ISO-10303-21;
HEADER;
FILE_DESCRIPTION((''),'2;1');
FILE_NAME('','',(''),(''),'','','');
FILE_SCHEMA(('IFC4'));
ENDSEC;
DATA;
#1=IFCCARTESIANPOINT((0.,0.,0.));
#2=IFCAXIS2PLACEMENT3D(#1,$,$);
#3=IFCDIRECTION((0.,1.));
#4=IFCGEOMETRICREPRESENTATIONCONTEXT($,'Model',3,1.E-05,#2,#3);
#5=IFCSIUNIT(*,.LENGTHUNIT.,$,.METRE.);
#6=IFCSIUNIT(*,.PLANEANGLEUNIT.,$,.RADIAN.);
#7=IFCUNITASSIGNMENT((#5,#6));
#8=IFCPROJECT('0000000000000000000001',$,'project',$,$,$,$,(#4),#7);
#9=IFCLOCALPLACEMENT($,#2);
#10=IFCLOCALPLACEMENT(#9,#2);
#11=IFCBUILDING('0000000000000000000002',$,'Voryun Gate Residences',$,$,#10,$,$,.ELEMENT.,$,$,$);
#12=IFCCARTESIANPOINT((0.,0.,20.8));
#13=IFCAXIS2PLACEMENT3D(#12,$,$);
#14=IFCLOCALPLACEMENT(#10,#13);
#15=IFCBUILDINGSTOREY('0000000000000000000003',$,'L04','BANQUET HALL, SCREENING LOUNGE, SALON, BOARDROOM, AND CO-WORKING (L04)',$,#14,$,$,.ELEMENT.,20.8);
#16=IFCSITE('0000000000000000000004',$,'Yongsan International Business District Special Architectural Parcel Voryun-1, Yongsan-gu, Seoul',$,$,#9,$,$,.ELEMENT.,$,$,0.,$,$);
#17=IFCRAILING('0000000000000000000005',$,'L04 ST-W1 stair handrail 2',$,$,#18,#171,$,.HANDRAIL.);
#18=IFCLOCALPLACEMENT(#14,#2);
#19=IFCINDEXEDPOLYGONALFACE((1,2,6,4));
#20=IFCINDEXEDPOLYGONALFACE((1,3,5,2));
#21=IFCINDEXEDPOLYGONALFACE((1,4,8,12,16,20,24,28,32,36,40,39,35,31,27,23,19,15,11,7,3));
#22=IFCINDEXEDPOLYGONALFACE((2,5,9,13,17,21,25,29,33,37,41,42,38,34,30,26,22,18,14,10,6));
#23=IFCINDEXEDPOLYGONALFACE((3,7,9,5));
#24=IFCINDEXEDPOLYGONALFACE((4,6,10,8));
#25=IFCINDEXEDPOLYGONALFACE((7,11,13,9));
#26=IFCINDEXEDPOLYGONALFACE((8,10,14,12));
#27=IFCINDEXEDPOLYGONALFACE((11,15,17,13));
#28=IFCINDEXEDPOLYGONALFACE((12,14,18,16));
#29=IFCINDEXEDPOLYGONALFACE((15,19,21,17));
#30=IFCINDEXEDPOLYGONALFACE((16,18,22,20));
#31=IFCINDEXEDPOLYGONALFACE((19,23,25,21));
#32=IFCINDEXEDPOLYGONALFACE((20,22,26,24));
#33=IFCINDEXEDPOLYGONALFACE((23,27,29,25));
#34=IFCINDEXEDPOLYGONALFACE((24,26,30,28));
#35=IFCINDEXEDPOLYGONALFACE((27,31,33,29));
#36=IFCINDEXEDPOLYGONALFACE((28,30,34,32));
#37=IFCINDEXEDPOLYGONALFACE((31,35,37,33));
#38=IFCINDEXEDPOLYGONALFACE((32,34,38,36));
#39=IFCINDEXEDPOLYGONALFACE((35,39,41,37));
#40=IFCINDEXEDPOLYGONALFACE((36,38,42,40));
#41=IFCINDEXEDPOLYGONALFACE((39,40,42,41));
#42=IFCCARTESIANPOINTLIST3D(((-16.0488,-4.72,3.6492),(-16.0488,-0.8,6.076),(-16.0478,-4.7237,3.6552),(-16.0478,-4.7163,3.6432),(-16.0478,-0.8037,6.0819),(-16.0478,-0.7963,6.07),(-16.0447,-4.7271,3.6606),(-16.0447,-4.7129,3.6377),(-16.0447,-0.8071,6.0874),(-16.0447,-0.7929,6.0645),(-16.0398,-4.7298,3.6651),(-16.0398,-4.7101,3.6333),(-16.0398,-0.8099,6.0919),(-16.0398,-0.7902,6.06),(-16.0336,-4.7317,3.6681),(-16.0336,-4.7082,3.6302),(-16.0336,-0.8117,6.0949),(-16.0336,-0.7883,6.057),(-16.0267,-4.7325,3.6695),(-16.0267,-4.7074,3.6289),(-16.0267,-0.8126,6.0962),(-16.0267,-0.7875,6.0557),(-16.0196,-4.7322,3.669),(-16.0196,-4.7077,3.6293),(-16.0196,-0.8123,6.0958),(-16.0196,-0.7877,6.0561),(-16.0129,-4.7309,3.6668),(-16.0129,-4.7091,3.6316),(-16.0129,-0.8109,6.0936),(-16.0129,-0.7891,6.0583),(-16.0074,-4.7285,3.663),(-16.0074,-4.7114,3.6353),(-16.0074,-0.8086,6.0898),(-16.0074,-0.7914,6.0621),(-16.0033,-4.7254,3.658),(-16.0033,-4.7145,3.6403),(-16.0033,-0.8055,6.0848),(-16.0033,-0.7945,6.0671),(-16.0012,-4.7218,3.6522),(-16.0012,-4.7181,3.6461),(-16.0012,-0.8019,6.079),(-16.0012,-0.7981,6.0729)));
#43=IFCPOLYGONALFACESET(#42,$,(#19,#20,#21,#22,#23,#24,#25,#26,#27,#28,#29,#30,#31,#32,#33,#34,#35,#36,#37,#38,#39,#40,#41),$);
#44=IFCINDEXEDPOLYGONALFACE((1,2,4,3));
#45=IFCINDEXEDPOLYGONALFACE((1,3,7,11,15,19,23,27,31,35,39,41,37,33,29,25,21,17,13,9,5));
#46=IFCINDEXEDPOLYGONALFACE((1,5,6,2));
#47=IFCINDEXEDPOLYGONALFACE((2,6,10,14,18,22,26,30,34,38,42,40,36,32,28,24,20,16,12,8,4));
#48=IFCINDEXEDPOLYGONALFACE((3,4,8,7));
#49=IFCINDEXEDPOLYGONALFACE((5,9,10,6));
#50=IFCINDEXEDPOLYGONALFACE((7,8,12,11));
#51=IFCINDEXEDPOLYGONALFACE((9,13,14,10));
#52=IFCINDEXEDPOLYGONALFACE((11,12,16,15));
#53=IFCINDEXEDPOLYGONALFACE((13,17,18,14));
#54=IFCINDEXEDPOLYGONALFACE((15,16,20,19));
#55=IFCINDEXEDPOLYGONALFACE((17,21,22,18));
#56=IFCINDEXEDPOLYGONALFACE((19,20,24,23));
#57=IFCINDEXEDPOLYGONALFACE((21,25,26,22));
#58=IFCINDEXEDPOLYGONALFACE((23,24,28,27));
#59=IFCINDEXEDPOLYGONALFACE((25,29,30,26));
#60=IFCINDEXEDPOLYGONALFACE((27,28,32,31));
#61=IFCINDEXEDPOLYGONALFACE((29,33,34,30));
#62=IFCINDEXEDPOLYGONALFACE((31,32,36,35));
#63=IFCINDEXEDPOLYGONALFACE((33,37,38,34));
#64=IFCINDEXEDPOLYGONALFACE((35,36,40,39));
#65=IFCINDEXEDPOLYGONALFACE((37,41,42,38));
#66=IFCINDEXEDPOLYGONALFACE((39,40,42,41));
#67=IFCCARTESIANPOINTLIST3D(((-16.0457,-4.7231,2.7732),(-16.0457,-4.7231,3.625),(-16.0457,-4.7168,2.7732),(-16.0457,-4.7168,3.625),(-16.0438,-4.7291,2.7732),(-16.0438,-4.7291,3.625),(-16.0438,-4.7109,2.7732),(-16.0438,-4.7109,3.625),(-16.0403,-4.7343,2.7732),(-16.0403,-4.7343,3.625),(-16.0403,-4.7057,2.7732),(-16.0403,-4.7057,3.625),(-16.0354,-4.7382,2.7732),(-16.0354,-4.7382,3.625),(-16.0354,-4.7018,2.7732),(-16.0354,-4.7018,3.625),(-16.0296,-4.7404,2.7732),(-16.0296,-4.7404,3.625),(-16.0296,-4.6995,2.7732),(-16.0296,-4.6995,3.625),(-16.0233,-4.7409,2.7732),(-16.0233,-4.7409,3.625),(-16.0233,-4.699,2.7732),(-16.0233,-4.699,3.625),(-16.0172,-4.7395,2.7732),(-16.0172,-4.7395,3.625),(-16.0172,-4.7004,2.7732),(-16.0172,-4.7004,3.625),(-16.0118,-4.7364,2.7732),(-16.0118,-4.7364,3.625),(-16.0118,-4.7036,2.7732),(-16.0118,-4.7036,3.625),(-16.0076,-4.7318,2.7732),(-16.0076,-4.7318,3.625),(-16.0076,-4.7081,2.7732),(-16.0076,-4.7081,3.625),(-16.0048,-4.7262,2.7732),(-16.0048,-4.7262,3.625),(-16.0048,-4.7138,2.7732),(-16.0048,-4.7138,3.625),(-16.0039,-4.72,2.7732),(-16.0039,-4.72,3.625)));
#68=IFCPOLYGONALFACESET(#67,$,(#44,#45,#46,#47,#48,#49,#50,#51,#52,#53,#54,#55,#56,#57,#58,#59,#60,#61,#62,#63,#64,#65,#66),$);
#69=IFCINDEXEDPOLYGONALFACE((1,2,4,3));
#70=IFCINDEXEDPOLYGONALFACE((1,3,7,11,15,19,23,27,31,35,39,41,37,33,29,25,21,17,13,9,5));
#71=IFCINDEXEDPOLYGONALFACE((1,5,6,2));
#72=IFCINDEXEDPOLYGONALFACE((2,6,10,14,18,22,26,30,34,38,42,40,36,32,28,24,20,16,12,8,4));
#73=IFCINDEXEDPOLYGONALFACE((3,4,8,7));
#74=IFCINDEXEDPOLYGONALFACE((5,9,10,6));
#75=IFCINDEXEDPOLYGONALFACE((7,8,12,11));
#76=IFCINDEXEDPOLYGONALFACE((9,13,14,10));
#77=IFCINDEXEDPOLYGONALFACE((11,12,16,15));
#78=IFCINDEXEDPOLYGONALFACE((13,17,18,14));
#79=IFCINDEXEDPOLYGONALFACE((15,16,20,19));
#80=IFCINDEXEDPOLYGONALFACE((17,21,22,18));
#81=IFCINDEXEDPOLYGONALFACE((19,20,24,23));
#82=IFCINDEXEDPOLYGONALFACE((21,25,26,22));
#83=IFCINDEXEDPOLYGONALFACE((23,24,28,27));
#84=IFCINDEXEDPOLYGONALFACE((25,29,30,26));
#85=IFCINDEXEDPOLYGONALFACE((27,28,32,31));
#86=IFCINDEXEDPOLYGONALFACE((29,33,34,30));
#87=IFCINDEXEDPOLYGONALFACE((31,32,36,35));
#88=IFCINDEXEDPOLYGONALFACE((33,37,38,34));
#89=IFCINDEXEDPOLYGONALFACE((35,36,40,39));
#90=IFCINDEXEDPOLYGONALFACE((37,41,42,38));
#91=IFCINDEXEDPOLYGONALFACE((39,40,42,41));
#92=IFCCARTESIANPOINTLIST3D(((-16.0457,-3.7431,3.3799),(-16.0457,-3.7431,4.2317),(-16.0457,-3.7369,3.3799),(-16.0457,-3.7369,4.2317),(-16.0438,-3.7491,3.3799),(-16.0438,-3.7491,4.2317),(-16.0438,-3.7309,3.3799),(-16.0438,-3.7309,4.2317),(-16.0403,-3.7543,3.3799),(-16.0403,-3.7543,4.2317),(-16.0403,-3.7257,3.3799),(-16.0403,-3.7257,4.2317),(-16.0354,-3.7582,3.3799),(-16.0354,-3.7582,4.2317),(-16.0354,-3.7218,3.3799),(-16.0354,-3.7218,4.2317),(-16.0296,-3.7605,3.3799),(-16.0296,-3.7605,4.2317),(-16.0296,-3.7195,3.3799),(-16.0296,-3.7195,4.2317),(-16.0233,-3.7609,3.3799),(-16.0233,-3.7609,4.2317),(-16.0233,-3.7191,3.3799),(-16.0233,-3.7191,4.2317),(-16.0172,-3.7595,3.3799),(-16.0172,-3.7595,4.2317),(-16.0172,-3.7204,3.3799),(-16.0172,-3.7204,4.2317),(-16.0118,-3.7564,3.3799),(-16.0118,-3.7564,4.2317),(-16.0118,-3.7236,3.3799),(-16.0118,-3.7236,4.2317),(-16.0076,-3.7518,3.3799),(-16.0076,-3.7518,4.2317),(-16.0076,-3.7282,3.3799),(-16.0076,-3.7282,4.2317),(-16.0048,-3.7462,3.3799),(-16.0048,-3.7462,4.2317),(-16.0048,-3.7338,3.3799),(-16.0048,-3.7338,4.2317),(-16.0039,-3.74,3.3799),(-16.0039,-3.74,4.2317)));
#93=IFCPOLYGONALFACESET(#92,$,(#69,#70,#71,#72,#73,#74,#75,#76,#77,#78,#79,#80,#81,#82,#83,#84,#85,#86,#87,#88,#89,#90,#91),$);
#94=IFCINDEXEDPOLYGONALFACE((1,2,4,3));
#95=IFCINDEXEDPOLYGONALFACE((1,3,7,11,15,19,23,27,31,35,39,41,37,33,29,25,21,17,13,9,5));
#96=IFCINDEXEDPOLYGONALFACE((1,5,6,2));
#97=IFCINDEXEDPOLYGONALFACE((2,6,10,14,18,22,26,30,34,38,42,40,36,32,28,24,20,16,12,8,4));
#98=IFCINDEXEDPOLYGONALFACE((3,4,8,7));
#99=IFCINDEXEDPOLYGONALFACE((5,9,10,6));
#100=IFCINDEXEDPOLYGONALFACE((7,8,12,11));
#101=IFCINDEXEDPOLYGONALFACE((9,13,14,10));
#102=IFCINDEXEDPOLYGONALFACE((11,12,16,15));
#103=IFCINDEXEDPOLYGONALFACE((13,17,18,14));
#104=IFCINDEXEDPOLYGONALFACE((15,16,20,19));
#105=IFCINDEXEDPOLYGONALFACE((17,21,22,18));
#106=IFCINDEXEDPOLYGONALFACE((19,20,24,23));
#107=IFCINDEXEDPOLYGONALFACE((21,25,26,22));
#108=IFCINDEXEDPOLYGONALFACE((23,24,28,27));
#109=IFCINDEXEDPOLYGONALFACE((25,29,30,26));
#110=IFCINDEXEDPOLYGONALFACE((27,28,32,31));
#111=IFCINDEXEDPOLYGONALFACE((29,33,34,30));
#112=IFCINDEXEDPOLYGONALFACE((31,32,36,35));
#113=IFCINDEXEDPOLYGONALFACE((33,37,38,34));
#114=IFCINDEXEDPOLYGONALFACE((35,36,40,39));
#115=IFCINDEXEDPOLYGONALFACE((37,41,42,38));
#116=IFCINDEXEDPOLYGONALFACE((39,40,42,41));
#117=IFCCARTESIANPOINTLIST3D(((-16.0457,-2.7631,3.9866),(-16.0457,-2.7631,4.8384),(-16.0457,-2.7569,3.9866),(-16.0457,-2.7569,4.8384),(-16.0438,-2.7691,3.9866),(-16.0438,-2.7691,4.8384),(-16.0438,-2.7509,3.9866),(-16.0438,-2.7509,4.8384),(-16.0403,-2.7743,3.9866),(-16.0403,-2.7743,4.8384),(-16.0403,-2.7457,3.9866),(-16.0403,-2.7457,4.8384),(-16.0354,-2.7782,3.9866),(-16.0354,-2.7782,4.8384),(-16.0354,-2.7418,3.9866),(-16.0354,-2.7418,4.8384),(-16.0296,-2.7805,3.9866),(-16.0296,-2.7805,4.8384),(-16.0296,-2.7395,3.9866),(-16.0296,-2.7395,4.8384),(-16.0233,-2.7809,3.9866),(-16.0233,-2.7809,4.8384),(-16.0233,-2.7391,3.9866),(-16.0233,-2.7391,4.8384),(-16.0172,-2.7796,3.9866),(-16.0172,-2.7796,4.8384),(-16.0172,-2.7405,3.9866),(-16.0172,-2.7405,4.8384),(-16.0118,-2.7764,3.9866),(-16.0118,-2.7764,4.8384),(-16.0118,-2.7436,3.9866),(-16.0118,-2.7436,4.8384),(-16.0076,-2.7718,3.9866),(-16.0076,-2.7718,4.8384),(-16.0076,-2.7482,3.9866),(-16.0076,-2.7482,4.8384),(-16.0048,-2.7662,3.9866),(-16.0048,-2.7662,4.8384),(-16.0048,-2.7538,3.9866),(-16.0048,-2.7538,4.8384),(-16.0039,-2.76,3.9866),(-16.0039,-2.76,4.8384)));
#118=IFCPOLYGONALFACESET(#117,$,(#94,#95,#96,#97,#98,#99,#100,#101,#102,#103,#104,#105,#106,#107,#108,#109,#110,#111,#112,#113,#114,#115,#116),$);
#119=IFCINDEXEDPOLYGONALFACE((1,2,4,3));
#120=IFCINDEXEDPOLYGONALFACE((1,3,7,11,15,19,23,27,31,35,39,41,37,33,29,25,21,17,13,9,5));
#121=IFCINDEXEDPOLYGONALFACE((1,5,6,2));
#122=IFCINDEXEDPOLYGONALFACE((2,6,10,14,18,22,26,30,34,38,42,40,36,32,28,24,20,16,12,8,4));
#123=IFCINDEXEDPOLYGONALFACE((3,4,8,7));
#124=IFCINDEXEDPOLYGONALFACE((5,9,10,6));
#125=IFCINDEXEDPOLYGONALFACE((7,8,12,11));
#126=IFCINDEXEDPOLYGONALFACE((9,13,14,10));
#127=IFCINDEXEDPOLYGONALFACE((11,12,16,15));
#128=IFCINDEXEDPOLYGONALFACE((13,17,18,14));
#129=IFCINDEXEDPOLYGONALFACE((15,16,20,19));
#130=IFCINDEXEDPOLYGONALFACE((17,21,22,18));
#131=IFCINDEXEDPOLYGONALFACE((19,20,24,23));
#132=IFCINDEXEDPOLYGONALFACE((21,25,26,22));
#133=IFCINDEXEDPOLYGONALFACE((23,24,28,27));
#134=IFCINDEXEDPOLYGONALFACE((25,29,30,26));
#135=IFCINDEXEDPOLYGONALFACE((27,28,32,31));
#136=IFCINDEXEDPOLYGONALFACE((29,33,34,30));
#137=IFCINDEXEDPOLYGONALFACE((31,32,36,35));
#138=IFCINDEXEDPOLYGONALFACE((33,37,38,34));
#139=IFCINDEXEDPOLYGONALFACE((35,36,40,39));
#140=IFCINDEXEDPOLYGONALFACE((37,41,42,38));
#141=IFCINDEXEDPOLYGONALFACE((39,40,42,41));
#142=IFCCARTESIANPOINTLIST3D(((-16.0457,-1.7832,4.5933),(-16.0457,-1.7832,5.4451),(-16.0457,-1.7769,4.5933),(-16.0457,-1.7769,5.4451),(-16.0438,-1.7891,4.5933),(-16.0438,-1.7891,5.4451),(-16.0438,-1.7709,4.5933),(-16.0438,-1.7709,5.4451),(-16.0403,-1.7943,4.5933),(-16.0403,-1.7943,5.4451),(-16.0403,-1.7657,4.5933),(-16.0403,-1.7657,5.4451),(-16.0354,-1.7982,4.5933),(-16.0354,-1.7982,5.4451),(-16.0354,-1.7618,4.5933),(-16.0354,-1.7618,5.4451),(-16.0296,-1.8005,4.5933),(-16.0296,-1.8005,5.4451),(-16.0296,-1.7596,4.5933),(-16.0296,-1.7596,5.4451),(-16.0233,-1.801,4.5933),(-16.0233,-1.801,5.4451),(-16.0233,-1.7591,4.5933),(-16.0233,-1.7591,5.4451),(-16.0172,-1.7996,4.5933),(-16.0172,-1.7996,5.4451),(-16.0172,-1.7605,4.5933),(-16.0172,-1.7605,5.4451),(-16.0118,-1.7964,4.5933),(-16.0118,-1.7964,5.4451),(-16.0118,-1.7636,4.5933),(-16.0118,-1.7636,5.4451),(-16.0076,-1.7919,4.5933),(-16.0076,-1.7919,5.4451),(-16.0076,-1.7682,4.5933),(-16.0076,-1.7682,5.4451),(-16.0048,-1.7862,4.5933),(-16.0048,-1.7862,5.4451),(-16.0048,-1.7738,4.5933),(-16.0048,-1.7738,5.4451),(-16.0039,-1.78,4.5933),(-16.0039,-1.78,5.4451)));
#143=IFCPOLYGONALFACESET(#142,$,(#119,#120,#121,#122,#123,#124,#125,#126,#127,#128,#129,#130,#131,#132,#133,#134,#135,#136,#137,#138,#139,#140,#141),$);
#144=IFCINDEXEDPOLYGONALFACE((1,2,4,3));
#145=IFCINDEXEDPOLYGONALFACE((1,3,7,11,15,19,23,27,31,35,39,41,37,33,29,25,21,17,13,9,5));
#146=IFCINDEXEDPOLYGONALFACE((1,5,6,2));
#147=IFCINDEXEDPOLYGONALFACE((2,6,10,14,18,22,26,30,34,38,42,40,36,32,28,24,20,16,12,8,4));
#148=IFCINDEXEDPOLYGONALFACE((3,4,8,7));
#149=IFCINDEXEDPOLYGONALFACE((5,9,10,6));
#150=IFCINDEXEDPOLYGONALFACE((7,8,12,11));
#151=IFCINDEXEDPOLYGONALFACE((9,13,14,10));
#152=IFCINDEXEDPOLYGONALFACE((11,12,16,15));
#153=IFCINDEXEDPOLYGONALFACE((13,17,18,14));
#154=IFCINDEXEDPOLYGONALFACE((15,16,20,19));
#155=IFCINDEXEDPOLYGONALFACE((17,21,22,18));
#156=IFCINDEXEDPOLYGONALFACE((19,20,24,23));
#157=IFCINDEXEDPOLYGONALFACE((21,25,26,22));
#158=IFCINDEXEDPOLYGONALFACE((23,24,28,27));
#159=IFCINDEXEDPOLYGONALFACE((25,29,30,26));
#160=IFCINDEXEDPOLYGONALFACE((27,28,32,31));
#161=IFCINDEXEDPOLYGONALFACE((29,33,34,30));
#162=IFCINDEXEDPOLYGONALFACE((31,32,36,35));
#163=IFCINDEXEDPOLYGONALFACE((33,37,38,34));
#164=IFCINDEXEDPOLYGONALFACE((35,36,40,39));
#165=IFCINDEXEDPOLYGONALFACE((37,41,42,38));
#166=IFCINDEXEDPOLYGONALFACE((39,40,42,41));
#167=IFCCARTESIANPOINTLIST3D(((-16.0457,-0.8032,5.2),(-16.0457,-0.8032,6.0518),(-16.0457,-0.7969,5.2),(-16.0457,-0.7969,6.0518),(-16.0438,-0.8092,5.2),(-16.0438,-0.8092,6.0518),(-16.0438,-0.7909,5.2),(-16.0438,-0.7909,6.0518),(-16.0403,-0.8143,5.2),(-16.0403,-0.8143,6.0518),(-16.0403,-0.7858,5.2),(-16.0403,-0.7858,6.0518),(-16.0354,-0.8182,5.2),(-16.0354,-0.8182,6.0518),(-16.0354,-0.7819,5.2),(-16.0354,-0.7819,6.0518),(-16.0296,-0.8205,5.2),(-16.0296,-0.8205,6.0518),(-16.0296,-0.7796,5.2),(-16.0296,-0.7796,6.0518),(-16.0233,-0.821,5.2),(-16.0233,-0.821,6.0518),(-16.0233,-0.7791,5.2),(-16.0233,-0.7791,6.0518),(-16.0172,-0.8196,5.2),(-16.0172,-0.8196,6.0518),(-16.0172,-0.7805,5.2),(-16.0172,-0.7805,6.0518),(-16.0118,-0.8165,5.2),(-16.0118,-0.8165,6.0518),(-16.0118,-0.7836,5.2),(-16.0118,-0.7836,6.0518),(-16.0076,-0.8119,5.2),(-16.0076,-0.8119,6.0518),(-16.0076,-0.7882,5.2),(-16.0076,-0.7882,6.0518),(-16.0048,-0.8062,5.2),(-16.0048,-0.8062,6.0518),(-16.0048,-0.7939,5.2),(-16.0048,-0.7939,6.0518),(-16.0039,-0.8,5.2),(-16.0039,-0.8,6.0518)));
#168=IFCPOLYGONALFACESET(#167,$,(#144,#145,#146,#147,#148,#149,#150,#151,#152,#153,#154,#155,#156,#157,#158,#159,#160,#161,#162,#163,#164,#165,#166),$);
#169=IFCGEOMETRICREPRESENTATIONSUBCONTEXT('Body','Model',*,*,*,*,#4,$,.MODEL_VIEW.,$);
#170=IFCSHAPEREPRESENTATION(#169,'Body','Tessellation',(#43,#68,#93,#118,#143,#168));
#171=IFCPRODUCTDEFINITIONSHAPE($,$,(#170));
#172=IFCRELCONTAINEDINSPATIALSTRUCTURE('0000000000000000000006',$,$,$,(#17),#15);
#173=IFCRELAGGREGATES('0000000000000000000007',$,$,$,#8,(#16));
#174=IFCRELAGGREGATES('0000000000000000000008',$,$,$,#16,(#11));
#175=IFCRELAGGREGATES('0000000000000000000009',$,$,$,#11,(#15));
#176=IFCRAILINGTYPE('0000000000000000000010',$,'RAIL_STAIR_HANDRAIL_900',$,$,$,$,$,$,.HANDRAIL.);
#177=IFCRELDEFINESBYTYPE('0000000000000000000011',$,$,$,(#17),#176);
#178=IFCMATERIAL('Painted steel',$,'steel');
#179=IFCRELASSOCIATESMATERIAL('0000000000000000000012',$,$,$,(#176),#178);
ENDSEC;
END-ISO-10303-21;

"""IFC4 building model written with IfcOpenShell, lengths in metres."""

from ifc_helpers import new_model, si_unit, direction, frame, origin, origin_2d, place, context, subcontext, project, spatial, circle, extrude, material, type_object, element, save


model = new_model("IFC4")

# Units and contexts
model_context = context("Model", 3, precision=1e-05, world=origin(), true_north=direction((0.0, 1.0)))
body_context = subcontext(model_context, "Body", "Model", "MODEL_VIEW")
ifc_project = project(units=[si_unit("LENGTHUNIT", "METRE"), si_unit("PLANEANGLEUNIT", "RADIAN")], contexts=[model_context])

# Site, building, storey
site_placement = place(None, origin())
site = spatial("IfcSite", under=ifc_project, at=site_placement, Name="Yongsan International Business District Special Architectural Parcel Voryun-1, Yongsan-gu, Seoul", CompositionType="ELEMENT", RefElevation=0.0)
building_placement = place(site_placement, origin())
building = spatial("IfcBuilding", under=site, at=building_placement, Name="Voryun Gate Residences", CompositionType="ELEMENT")
storey_placement = place(building_placement, frame((0.0, 0.0, 20.8)))
storey = spatial("IfcBuildingStorey", under=building, at=storey_placement, Name="L04", Description="BANQUET HALL, SCREENING LOUNGE, SALON, BOARDROOM, AND CO-WORKING (L04)", CompositionType="ELEMENT", Elevation=20.8)

# Railing
ifc_material_1 = material(Name="Painted steel", Category="steel")
railing_type_1 = type_object("IfcRailingType", Name="RAIL_STAIR_HANDRAIL_900", PredefinedType="HANDRAIL", material=ifc_material_1)
railing_1_placement = place(storey_placement, frame((-16.0249, -4.72, 2.7732)))
element("IfcRailing", 1, at=railing_1_placement, inside=storey, type_object=railing_type_1, Name="L04 ST-W1 stair handrail 2", PredefinedType="HANDRAIL", context=body_context, shape_type="SweptSolid", body=[
    extrude(circle(Radius=0.0239, at=origin_2d()), frame((0.0, 0.0, 0.876), z_axis=(0.0, 0.850252, 0.526376), x_axis=(-1.0, 0.0, 0.0)), (0.0, 0.0, 1.0), 4.6104),
    extrude(circle(Radius=0.021, at=origin_2d()), origin(), (0.0, 0.0, 1.0), 0.8518),
    extrude(circle(Radius=0.021, at=origin_2d()), frame((0.0, 0.98, 0.6067)), (0.0, 0.0, 1.0), 0.8518),
    extrude(circle(Radius=0.021, at=origin_2d()), frame((0.0, 1.96, 1.2134)), (0.0, 0.0, 1.0), 0.8518),
    extrude(circle(Radius=0.021, at=origin_2d()), frame((0.0, 2.9399, 1.8201)), (0.0, 0.0, 1.0), 0.8518),
    extrude(circle(Radius=0.021, at=origin_2d()), frame((0.0, 3.9199, 2.4268)), (0.0, 0.0, 1.0), 0.8518),
])

save(model, "model.ifc")
